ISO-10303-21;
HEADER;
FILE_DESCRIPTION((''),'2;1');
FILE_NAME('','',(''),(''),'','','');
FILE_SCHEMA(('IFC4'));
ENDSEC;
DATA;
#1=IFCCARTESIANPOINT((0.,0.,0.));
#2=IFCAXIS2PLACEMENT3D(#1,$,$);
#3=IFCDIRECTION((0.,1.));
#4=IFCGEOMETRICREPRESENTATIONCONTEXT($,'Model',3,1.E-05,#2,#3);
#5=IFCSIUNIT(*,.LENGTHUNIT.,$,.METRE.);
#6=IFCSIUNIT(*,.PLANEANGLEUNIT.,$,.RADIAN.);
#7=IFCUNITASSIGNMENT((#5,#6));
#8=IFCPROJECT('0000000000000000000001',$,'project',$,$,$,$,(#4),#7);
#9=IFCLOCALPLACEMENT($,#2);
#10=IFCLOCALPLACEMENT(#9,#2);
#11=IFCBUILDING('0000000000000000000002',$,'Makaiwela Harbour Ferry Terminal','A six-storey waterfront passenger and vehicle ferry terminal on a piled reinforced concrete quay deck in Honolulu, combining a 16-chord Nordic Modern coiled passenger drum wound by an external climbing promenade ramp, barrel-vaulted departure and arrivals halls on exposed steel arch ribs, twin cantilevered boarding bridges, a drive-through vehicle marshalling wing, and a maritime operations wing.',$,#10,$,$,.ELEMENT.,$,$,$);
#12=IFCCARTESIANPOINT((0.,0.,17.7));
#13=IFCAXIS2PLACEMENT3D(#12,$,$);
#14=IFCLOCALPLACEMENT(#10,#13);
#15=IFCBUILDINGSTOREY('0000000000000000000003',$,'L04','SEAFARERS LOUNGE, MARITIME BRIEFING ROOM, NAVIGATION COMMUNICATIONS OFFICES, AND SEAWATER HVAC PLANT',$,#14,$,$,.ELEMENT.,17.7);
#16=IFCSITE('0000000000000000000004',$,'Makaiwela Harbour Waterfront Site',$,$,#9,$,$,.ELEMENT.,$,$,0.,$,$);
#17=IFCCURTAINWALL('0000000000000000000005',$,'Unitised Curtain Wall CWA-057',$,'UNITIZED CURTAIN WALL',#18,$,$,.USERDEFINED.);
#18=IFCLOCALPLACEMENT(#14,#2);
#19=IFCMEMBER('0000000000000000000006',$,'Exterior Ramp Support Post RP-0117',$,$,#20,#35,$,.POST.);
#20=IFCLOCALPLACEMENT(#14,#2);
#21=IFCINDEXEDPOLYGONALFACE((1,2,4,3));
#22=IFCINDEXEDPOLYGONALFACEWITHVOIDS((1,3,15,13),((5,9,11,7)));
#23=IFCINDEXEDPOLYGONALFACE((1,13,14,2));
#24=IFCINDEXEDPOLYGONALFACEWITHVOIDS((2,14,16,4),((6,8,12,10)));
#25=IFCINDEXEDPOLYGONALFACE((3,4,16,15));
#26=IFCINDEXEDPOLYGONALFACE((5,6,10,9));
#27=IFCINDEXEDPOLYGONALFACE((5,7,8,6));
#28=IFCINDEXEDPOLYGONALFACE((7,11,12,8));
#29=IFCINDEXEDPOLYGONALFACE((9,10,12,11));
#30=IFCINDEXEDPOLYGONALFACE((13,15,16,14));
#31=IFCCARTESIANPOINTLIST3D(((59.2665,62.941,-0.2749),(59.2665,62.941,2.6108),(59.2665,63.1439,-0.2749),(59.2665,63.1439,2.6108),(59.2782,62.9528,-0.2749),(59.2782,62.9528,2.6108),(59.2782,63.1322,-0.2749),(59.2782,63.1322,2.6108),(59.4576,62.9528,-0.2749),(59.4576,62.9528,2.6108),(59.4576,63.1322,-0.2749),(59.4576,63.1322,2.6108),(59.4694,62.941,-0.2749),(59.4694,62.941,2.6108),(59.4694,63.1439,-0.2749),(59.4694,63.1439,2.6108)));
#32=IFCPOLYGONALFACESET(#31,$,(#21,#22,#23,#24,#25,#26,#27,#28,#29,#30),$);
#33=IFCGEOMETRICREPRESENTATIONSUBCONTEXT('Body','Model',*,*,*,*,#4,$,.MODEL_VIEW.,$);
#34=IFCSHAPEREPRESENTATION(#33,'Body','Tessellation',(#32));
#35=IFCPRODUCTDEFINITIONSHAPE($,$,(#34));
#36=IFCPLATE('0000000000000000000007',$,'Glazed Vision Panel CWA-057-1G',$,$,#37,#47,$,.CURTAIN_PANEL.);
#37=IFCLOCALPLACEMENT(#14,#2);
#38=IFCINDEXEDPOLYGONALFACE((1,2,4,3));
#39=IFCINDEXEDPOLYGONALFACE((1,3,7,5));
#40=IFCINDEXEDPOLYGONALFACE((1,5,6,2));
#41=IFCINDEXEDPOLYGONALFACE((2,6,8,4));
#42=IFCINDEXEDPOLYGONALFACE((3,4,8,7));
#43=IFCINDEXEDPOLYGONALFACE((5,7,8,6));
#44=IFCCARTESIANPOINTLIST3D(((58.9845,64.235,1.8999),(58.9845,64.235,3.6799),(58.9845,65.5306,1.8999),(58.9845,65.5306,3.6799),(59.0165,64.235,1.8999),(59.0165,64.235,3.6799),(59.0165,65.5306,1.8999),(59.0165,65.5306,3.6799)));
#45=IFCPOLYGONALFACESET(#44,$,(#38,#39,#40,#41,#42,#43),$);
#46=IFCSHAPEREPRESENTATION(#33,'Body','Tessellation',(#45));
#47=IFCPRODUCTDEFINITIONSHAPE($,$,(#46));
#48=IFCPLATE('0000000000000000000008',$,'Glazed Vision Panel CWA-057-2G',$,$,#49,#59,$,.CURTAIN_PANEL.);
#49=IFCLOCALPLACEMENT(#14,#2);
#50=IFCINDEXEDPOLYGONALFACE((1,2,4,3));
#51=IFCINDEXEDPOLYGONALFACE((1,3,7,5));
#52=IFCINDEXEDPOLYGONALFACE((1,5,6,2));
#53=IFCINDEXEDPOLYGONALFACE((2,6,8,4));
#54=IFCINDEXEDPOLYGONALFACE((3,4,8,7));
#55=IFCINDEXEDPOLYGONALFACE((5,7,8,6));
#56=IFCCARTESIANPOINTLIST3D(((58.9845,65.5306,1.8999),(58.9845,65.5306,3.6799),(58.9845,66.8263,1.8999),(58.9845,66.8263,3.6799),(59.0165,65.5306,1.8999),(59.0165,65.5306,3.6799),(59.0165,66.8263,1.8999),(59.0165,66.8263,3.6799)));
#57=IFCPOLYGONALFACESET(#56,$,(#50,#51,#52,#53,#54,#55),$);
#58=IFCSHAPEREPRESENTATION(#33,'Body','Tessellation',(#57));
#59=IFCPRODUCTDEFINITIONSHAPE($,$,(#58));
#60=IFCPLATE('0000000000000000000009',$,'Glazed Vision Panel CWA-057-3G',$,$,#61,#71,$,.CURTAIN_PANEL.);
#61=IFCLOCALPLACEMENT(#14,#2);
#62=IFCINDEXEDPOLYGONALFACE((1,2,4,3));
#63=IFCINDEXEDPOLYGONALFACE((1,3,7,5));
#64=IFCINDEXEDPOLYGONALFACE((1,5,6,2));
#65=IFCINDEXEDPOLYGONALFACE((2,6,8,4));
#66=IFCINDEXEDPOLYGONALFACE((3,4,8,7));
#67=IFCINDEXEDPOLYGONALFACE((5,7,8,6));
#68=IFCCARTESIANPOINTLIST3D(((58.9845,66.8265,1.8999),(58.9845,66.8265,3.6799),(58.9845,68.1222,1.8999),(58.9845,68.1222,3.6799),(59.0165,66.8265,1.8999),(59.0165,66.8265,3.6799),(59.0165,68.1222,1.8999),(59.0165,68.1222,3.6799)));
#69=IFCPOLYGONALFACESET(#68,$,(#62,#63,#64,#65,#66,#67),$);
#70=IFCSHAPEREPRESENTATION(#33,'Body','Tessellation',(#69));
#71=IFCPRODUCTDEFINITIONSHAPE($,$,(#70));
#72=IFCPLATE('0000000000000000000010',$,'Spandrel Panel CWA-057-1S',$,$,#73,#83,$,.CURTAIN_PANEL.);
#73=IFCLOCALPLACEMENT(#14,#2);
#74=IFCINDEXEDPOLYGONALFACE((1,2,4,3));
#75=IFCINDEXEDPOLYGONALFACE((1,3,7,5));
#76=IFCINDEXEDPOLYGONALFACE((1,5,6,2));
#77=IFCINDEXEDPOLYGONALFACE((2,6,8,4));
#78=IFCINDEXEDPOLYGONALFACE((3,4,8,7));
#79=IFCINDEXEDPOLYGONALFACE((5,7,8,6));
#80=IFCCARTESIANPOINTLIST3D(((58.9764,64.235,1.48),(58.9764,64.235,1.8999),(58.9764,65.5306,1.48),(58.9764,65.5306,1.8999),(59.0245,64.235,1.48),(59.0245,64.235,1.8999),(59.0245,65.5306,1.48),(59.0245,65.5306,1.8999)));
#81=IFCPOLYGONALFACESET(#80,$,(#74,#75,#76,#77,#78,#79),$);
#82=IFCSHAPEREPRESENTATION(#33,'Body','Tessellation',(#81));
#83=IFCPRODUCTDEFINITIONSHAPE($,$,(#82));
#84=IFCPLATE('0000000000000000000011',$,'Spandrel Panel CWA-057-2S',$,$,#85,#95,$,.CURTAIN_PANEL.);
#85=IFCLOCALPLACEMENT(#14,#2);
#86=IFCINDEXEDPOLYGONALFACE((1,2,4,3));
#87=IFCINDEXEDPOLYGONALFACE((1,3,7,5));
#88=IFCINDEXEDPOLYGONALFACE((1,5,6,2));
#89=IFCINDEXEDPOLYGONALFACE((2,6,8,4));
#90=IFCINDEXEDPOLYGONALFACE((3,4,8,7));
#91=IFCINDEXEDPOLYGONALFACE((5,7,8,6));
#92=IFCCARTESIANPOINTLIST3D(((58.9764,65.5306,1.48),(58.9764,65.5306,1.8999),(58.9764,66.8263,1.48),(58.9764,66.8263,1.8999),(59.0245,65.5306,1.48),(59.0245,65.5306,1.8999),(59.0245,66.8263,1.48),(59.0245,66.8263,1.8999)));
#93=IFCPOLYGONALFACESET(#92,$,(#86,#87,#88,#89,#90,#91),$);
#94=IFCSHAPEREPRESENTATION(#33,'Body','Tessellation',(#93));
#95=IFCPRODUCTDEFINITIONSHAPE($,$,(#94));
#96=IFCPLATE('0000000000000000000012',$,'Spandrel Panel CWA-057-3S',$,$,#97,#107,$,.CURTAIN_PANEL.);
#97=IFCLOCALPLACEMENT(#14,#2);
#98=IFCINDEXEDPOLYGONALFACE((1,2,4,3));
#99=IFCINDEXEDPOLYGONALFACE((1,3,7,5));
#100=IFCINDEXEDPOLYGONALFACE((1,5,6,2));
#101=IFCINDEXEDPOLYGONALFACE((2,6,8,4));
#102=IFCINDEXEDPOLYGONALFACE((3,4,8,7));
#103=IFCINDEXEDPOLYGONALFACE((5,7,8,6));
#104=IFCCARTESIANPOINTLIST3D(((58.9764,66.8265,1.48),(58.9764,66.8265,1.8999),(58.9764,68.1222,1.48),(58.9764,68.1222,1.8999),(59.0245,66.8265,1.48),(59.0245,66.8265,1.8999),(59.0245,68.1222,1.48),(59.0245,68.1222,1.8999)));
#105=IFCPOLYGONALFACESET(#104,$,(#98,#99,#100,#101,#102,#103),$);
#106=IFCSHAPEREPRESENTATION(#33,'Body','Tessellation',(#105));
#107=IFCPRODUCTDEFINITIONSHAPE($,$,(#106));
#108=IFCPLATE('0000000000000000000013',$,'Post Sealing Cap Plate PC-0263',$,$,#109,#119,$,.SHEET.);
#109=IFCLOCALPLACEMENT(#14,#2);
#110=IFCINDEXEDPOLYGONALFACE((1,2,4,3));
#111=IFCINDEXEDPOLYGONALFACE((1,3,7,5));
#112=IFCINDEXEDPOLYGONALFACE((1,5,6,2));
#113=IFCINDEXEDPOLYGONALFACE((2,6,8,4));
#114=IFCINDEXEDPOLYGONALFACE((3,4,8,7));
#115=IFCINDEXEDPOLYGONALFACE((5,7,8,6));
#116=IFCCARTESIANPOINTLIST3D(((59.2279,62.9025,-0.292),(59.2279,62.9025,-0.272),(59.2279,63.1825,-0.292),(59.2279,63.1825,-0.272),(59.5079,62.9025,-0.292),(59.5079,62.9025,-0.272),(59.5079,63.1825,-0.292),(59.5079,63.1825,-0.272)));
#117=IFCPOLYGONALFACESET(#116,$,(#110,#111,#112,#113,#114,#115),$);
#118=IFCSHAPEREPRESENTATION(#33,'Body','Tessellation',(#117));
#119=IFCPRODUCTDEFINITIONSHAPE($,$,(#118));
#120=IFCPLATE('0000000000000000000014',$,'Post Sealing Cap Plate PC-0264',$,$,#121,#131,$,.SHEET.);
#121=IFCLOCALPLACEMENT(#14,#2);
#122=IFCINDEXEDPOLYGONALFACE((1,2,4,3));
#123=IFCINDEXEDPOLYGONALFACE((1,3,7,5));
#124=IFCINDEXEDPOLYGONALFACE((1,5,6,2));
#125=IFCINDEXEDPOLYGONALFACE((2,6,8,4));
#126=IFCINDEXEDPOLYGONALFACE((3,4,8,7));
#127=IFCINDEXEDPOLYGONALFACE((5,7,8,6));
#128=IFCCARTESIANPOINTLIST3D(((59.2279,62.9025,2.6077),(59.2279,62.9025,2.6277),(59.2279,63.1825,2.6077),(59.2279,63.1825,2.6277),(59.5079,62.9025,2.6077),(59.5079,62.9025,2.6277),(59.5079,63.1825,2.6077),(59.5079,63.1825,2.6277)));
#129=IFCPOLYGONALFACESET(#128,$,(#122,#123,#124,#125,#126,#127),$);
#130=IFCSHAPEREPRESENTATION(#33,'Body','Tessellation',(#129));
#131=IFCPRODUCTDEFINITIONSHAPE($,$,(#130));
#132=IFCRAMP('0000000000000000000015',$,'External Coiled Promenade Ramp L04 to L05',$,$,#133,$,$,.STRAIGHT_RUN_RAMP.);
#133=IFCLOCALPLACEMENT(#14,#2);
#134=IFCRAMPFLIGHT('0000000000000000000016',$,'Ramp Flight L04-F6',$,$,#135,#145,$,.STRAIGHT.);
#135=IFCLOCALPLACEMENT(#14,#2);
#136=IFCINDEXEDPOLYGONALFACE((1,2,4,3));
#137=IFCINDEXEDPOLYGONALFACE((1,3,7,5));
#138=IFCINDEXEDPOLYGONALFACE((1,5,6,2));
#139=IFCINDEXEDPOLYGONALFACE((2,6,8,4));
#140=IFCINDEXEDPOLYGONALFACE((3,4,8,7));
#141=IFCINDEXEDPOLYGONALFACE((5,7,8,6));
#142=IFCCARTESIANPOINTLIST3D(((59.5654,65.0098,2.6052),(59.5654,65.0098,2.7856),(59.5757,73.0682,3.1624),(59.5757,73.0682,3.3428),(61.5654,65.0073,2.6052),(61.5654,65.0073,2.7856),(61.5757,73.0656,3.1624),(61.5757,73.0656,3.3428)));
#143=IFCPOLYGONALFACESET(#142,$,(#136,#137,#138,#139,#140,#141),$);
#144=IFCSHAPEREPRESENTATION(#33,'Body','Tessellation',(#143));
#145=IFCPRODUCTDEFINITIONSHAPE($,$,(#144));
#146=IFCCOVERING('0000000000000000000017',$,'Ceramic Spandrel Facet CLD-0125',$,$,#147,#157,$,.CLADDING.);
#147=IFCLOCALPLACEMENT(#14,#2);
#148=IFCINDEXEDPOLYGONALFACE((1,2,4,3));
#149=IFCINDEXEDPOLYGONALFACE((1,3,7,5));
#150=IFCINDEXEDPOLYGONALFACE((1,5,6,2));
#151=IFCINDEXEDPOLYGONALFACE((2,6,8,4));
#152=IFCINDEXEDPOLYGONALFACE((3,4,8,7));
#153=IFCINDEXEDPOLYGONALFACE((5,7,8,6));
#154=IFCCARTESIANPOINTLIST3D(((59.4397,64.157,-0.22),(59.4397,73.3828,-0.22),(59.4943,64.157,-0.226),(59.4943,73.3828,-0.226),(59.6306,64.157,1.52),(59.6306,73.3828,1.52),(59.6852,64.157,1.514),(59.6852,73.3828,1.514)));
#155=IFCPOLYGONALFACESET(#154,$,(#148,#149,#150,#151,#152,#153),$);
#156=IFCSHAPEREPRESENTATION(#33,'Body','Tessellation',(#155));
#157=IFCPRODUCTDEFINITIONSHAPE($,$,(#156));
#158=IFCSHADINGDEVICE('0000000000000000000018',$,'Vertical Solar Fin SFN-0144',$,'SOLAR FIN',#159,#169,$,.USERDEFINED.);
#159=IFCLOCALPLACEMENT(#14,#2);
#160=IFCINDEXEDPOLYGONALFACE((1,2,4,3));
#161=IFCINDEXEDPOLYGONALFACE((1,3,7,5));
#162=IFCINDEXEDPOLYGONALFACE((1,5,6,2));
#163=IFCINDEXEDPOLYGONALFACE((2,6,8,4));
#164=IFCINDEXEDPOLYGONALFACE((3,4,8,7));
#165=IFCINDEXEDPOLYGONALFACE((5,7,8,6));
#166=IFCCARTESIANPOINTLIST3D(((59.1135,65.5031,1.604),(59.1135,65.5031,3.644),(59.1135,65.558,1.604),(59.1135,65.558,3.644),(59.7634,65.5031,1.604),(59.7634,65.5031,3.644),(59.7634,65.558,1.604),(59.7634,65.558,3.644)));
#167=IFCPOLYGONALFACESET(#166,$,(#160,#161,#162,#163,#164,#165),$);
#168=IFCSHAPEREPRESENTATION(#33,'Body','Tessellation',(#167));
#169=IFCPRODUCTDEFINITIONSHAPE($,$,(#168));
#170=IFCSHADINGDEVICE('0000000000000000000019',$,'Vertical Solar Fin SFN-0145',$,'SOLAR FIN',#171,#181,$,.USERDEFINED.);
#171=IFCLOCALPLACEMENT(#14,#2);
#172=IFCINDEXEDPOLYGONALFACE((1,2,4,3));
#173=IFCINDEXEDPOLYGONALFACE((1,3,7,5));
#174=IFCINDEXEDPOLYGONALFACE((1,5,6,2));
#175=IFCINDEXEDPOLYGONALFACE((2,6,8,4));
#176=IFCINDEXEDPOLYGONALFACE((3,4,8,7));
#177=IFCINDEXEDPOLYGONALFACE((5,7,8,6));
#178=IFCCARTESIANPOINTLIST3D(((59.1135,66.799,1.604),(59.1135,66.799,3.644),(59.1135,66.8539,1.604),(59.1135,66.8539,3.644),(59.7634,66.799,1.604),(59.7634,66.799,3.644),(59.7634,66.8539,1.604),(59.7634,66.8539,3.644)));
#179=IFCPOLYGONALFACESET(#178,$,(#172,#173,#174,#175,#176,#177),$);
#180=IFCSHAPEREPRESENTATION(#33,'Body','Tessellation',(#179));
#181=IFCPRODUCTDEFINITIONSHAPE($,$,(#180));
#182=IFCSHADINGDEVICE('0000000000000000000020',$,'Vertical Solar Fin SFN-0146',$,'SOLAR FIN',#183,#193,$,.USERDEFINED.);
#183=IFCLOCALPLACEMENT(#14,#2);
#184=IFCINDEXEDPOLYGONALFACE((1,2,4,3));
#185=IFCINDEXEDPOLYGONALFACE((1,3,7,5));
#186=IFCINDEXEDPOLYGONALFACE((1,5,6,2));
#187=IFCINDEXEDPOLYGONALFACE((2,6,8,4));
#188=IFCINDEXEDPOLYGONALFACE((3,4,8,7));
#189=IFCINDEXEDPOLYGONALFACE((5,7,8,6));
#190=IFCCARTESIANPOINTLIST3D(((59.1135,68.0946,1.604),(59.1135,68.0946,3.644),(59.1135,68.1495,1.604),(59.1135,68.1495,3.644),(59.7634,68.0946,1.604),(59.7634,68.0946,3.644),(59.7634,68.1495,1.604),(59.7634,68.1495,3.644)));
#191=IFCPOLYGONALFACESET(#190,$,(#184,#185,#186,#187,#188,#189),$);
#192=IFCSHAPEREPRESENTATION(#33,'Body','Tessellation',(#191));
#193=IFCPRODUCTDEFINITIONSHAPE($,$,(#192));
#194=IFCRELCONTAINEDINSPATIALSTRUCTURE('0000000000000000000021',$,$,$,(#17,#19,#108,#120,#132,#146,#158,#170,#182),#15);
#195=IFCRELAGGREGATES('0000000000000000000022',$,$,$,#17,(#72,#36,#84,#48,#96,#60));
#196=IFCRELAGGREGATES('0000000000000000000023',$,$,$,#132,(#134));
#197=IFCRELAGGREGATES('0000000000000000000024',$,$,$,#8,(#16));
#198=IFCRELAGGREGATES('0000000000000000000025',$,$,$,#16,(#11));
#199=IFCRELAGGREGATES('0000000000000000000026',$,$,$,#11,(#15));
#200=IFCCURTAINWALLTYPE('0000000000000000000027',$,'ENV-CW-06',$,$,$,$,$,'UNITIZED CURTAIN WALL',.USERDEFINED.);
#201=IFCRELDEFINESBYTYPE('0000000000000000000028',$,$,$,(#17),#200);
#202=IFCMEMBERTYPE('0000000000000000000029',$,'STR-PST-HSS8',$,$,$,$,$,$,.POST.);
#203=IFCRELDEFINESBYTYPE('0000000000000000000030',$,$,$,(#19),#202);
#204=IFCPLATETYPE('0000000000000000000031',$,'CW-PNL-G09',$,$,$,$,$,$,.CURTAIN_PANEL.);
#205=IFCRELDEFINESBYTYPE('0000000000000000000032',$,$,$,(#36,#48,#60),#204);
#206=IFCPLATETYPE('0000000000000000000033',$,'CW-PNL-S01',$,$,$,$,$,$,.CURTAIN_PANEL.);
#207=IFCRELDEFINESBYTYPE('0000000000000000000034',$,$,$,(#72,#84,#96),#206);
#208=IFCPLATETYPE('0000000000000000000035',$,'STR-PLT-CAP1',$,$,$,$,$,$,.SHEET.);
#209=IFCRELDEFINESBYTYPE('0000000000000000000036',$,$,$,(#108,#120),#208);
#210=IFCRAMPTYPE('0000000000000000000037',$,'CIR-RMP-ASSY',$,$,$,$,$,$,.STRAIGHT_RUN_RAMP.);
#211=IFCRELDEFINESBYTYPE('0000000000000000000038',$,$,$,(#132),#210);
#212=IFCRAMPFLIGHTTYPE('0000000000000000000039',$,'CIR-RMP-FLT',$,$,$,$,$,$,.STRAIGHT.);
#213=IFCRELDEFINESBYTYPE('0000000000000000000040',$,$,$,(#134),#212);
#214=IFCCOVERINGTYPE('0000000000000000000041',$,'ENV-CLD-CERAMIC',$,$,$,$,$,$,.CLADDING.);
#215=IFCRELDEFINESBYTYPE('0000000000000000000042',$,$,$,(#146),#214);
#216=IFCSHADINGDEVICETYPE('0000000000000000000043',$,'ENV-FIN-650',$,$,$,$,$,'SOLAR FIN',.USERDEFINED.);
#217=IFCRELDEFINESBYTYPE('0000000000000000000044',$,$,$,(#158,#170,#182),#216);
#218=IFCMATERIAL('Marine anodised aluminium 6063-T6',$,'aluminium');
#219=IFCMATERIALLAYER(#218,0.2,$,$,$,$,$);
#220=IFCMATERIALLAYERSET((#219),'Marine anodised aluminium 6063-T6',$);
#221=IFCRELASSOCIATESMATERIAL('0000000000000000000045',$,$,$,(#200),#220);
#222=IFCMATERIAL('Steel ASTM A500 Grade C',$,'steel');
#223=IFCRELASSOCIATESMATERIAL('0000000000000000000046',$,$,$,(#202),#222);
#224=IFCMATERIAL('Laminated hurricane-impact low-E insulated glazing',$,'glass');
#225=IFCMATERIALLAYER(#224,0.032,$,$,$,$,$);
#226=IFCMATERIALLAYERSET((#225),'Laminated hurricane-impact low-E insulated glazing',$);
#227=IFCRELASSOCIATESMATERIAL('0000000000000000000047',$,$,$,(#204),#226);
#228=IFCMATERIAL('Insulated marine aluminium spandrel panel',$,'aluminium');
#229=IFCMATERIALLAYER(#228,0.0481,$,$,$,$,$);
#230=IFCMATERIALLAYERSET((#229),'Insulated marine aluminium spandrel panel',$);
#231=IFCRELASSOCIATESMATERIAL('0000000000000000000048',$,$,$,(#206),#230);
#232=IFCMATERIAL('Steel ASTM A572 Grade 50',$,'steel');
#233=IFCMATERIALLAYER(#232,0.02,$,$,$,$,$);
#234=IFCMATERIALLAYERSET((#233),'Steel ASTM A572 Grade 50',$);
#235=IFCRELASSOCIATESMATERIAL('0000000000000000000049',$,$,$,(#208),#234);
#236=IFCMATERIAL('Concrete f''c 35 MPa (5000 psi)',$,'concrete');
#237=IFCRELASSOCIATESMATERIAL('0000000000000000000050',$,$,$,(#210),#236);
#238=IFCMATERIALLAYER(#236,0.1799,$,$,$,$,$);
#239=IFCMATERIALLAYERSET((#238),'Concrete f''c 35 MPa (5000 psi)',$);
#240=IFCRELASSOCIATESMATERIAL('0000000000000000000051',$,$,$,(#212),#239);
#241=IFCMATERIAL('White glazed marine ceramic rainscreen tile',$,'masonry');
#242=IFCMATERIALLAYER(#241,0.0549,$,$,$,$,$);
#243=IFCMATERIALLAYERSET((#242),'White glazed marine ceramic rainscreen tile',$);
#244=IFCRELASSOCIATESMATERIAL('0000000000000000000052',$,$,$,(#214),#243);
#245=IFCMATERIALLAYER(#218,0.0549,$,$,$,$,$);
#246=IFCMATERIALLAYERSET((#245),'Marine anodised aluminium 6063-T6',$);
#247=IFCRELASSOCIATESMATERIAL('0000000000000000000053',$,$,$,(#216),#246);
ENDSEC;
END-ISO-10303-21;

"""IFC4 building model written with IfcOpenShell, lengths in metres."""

from ifc_helpers import new_model, si_unit, direction, frame, origin, origin_2d, place, context, subcontext, project, spatial, polyline, rectangle, hollow_rectangle, outline, extrude, material, layer, layer_set, material_profile, profile_set, type_object, element, aggregate, save


model = new_model("IFC4")

# Units and contexts
model_context = context("Model", 3, precision=1e-05, world=origin(), true_north=direction((0.0, 1.0)))
body_context = subcontext(model_context, "Body", "Model", "MODEL_VIEW")
ifc_project = project(units=[si_unit("LENGTHUNIT", "METRE"), si_unit("PLANEANGLEUNIT", "RADIAN")], contexts=[model_context])

# Site, building, storey
site_placement = place(None, origin())
site = spatial("IfcSite", under=ifc_project, at=site_placement, Name="Makaiwela Harbour Waterfront Site", CompositionType="ELEMENT", RefElevation=0.0)
building_placement = place(site_placement, origin())
building = spatial("IfcBuilding", under=site, at=building_placement, Name="Makaiwela Harbour Ferry Terminal", Description="A six-storey waterfront passenger and vehicle ferry terminal on a piled reinforced concrete quay deck in Honolulu, combining a 16-chord Nordic Modern coiled passenger drum wound by an external climbing promenade ramp, barrel-vaulted departure and arrivals halls on exposed steel arch ribs, twin cantilevered boarding bridges, a drive-through vehicle marshalling wing, and a maritime operations wing.", CompositionType="ELEMENT")
storey_placement = place(building_placement, frame((0.0, 0.0, 17.7)))
storey = spatial("IfcBuildingStorey", under=building, at=storey_placement, Name="L04", Description="SEAFARERS LOUNGE, MARITIME BRIEFING ROOM, NAVIGATION COMMUNICATIONS OFFICES, AND SEAWATER HVAC PLANT", CompositionType="ELEMENT", Elevation=17.7)

# Curtain wall
ifc_material_1 = material(Name="Marine anodised aluminium 6063-T6", Category="aluminium")
ifc_layer_1 = layer(ifc_material_1, 0.2)
ifc_layer_set_1 = layer_set([ifc_layer_1], Name="Marine anodised aluminium 6063-T6")
curtain_wall_type = type_object("IfcCurtainWallType", Name="ENV-CW-06", ElementType="UNITIZED CURTAIN WALL", PredefinedType="USERDEFINED", material=ifc_layer_set_1)
curtain_wall_placement = place(storey_placement, origin())
curtain_wall = element("IfcCurtainWall", 1, at=curtain_wall_placement, inside=storey, type_object=curtain_wall_type, Name="Unitised Curtain Wall CWA-057", ObjectType="UNITIZED CURTAIN WALL", PredefinedType="USERDEFINED")

# Member
ifc_material_2 = material(Name="Steel ASTM A500 Grade C", Category="steel")
ifc_material_profile_1 = material_profile(ifc_material_2, hollow_rectangle(XDim=0.2029, YDim=0.2029, WallThickness=0.0117, at=origin_2d()), Name="HSS8X8X1/2")
ifc_profile_set_1 = profile_set([ifc_material_profile_1], Name="Steel ASTM A500 Grade C")
member_type_1 = type_object("IfcMemberType", Name="STR-PST-HSS8", PredefinedType="POST", material=ifc_profile_set_1)
member_1_placement = place(storey_placement, frame((59.3679, 63.0425, -0.2749), z_axis=(0.0, 0.0, 1.0), x_axis=(1.0, 0.0, 0.0)))
element("IfcMember", 2, at=member_1_placement, inside=storey, type_object=member_type_1, Name="Exterior Ramp Support Post RP-0117", PredefinedType="POST", context=body_context, shape_type="SweptSolid", body=[
    extrude(hollow_rectangle(XDim=0.2029, YDim=0.2029, WallThickness=0.0117, at=origin_2d()), origin(), (0.0, 0.0, 1.0), 2.8857),
])

# Plates
ifc_material_3 = material(Name="Laminated hurricane-impact low-E insulated glazing", Category="glass")
ifc_layer_2 = layer(ifc_material_3, 0.032)
ifc_layer_set_2 = layer_set([ifc_layer_2], Name="Laminated hurricane-impact low-E insulated glazing")
plate_type_1 = type_object("IfcPlateType", Name="CW-PNL-G09", PredefinedType="CURTAIN_PANEL", material=ifc_layer_set_2)
plate_1_placement = place(storey_placement, frame((59.0005, 64.8828, 1.8999), z_axis=(0.0, 0.0, 1.0), x_axis=(0.0, 1.0, 0.0)))
plate_1 = element("IfcPlate", 3, at=plate_1_placement, type_object=plate_type_1, Name="Glazed Vision Panel CWA-057-1G", PredefinedType="CURTAIN_PANEL", context=body_context, shape_type="SweptSolid", body=[
    extrude(rectangle(XDim=1.2957, YDim=0.032, at=origin_2d()), origin(), (0.0, 0.0, 1.0), 1.78),
])
plate_2_placement = place(storey_placement, frame((59.0005, 66.1785, 1.8999), z_axis=(0.0, 0.0, 1.0), x_axis=(0.0, 1.0, 0.0)))
plate_2 = element("IfcPlate", 4, at=plate_2_placement, type_object=plate_type_1, Name="Glazed Vision Panel CWA-057-2G", PredefinedType="CURTAIN_PANEL", context=body_context, shape_type="SweptSolid", body=[
    extrude(rectangle(XDim=1.2957, YDim=0.032, at=origin_2d()), origin(), (0.0, 0.0, 1.0), 1.78),
])
plate_3_placement = place(storey_placement, frame((59.0005, 67.4744, 1.8999), z_axis=(0.0, 0.0, 1.0), x_axis=(0.0, 1.0, 0.0)))
plate_3 = element("IfcPlate", 5, at=plate_3_placement, type_object=plate_type_1, Name="Glazed Vision Panel CWA-057-3G", PredefinedType="CURTAIN_PANEL", context=body_context, shape_type="SweptSolid", body=[
    extrude(rectangle(XDim=1.2957, YDim=0.032, at=origin_2d()), origin(), (0.0, 0.0, 1.0), 1.78),
])
ifc_material_4 = material(Name="Insulated marine aluminium spandrel panel", Category="aluminium")
ifc_layer_3 = layer(ifc_material_4, 0.0481)
ifc_layer_set_3 = layer_set([ifc_layer_3], Name="Insulated marine aluminium spandrel panel")
plate_type_2 = type_object("IfcPlateType", Name="CW-PNL-S01", PredefinedType="CURTAIN_PANEL", material=ifc_layer_set_3)
plate_4_placement = place(storey_placement, frame((59.0005, 64.8828, 1.48), z_axis=(0.0, 0.0, 1.0), x_axis=(0.0, 1.0, 0.0)))
plate_4 = element("IfcPlate", 6, at=plate_4_placement, type_object=plate_type_2, Name="Spandrel Panel CWA-057-1S", PredefinedType="CURTAIN_PANEL", context=body_context, shape_type="SweptSolid", body=[
    extrude(rectangle(XDim=1.2957, YDim=0.0481, at=origin_2d()), origin(), (0.0, 0.0, 1.0), 0.4199),
])
plate_5_placement = place(storey_placement, frame((59.0005, 66.1785, 1.48), z_axis=(0.0, 0.0, 1.0), x_axis=(0.0, 1.0, 0.0)))
plate_5 = element("IfcPlate", 7, at=plate_5_placement, type_object=plate_type_2, Name="Spandrel Panel CWA-057-2S", PredefinedType="CURTAIN_PANEL", context=body_context, shape_type="SweptSolid", body=[
    extrude(rectangle(XDim=1.2957, YDim=0.0481, at=origin_2d()), origin(), (0.0, 0.0, 1.0), 0.4199),
])
plate_6_placement = place(storey_placement, frame((59.0005, 67.4744, 1.48), z_axis=(0.0, 0.0, 1.0), x_axis=(0.0, 1.0, 0.0)))
plate_6 = element("IfcPlate", 8, at=plate_6_placement, type_object=plate_type_2, Name="Spandrel Panel CWA-057-3S", PredefinedType="CURTAIN_PANEL", context=body_context, shape_type="SweptSolid", body=[
    extrude(rectangle(XDim=1.2957, YDim=0.0481, at=origin_2d()), origin(), (0.0, 0.0, 1.0), 0.4199),
])
aggregate(curtain_wall, [plate_4, plate_1, plate_5, plate_2, plate_6, plate_3])

# Plates
ifc_material_5 = material(Name="Steel ASTM A572 Grade 50", Category="steel")
ifc_layer_4 = layer(ifc_material_5, 0.02)
ifc_layer_set_4 = layer_set([ifc_layer_4], Name="Steel ASTM A572 Grade 50")
plate_type_3 = type_object("IfcPlateType", Name="STR-PLT-CAP1", PredefinedType="SHEET", material=ifc_layer_set_4)
for number, where, z_axis, x_axis, name in (
    (9, (59.3679, 63.0425, -0.292), (0.0, 0.0, 1.0), (1.0, 0.0, 0.0), "Post Sealing Cap Plate PC-0263"),
    (10, (59.3679, 63.0425, 2.6077), (0.0, 0.0, 1.0), (1.0, 0.0, 0.0), "Post Sealing Cap Plate PC-0264"),
):
    element("IfcPlate", number, at=place(storey_placement, frame(where, z_axis=z_axis, x_axis=x_axis)), inside=storey, type_object=plate_type_3, Name=name, PredefinedType="SHEET", context=body_context, shape_type="SweptSolid", body=[
        extrude(rectangle(XDim=0.28, YDim=0.28, at=origin_2d()), origin(), (0.0, 0.0, 1.0), 0.02),
    ])

# Ramp, ramp flight
ifc_material_6 = material(Name="Concrete f'c 35 MPa (5000 psi)", Category="concrete")
ramp_type = type_object("IfcRampType", Name="CIR-RMP-ASSY", PredefinedType="STRAIGHT_RUN_RAMP", material=ifc_material_6)
ramp_placement = place(storey_placement, origin())
ramp = element("IfcRamp", 11, at=ramp_placement, inside=storey, type_object=ramp_type, Name="External Coiled Promenade Ramp L04 to L05", PredefinedType="STRAIGHT_RUN_RAMP")
ifc_layer_5 = layer(ifc_material_6, 0.1799)
ifc_layer_set_5 = layer_set([ifc_layer_5], Name="Concrete f'c 35 MPa (5000 psi)")
ramp_flight_type = type_object("IfcRampFlightType", Name="CIR-RMP-FLT", PredefinedType="STRAIGHT", material=ifc_layer_set_5)
ramp_flight_placement = place(storey_placement, frame((60.5654, 65.0085, 2.7856), z_axis=(0.0, 0.0, 1.0), x_axis=(0.001274, 0.999999, 0.0)))
ramp_flight = element("IfcRampFlight", 12, at=ramp_flight_placement, type_object=ramp_flight_type, Name="Ramp Flight L04-F6", PredefinedType="STRAIGHT", context=body_context, shape_type="SweptSolid", body=[
    extrude(outline(polyline([(0.0, 0.0), (8.0583, 0.5571), (8.0583, 0.3767), (0.0, -0.1804), (0.0, 0.0)])), frame((0.0, 1.0, 0.0), z_axis=(0.0, -1.0, 0.0), x_axis=(1.0, 0.0, 0.0)), (0.0, 0.0, 1.0), 2.0),
])
aggregate(ramp, [ramp_flight])

# Covering
ifc_material_7 = material(Name="White glazed marine ceramic rainscreen tile", Category="masonry")
ifc_layer_6 = layer(ifc_material_7, 0.0549)
ifc_layer_set_6 = layer_set([ifc_layer_6], Name="White glazed marine ceramic rainscreen tile")
covering_type = type_object("IfcCoveringType", Name="ENV-CLD-CERAMIC", PredefinedType="CLADDING", material=ifc_layer_set_6)
covering_placement = place(storey_placement, frame((59.4397, 64.157, -0.22), z_axis=(-0.994034, 0.0, 0.109069), x_axis=(0.0, 1.0, 0.0)))
element("IfcCovering", 13, at=covering_placement, inside=storey, type_object=covering_type, Name="Ceramic Spandrel Facet CLD-0125", PredefinedType="CLADDING", context=body_context, shape_type="SweptSolid", body=[
    extrude(outline(polyline([(0.0, 0.0), (9.2258, 0.0), (9.2258, -1.7504), (0.0, -1.7504), (0.0, 0.0)])), origin(), (0.0, 0.0, -1.0), 0.0549),
])

# Shading devices
ifc_layer_7 = layer(ifc_material_1, 0.0549)
ifc_layer_set_7 = layer_set([ifc_layer_7], Name="Marine anodised aluminium 6063-T6")
shading_device_type = type_object("IfcShadingDeviceType", Name="ENV-FIN-650", ElementType="SOLAR FIN", PredefinedType="USERDEFINED", material=ifc_layer_set_7)
for number, where, z_axis, x_axis, name in (
    (14, (59.4385, 65.5305, 1.604), (0.0, 0.0, 1.0), (1.0, 0.0, 0.0), "Vertical Solar Fin SFN-0144"),
    (15, (59.4385, 66.8264, 1.604), (0.0, 0.0, 1.0), (1.0, 0.0, 0.0), "Vertical Solar Fin SFN-0145"),
    (16, (59.4385, 68.1221, 1.604), (0.0, 0.0, 1.0), (1.0, 0.0, 0.0), "Vertical Solar Fin SFN-0146"),
):
    element("IfcShadingDevice", number, at=place(storey_placement, frame(where, z_axis=z_axis, x_axis=x_axis)), inside=storey, type_object=shading_device_type, Name=name, ObjectType="SOLAR FIN", PredefinedType="USERDEFINED", context=body_context, shape_type="SweptSolid", body=[
        extrude(rectangle(XDim=0.6499, YDim=0.0549, at=origin_2d()), origin(), (0.0, 0.0, 1.0), 2.04),
    ])

save(model, "model.ifc")
